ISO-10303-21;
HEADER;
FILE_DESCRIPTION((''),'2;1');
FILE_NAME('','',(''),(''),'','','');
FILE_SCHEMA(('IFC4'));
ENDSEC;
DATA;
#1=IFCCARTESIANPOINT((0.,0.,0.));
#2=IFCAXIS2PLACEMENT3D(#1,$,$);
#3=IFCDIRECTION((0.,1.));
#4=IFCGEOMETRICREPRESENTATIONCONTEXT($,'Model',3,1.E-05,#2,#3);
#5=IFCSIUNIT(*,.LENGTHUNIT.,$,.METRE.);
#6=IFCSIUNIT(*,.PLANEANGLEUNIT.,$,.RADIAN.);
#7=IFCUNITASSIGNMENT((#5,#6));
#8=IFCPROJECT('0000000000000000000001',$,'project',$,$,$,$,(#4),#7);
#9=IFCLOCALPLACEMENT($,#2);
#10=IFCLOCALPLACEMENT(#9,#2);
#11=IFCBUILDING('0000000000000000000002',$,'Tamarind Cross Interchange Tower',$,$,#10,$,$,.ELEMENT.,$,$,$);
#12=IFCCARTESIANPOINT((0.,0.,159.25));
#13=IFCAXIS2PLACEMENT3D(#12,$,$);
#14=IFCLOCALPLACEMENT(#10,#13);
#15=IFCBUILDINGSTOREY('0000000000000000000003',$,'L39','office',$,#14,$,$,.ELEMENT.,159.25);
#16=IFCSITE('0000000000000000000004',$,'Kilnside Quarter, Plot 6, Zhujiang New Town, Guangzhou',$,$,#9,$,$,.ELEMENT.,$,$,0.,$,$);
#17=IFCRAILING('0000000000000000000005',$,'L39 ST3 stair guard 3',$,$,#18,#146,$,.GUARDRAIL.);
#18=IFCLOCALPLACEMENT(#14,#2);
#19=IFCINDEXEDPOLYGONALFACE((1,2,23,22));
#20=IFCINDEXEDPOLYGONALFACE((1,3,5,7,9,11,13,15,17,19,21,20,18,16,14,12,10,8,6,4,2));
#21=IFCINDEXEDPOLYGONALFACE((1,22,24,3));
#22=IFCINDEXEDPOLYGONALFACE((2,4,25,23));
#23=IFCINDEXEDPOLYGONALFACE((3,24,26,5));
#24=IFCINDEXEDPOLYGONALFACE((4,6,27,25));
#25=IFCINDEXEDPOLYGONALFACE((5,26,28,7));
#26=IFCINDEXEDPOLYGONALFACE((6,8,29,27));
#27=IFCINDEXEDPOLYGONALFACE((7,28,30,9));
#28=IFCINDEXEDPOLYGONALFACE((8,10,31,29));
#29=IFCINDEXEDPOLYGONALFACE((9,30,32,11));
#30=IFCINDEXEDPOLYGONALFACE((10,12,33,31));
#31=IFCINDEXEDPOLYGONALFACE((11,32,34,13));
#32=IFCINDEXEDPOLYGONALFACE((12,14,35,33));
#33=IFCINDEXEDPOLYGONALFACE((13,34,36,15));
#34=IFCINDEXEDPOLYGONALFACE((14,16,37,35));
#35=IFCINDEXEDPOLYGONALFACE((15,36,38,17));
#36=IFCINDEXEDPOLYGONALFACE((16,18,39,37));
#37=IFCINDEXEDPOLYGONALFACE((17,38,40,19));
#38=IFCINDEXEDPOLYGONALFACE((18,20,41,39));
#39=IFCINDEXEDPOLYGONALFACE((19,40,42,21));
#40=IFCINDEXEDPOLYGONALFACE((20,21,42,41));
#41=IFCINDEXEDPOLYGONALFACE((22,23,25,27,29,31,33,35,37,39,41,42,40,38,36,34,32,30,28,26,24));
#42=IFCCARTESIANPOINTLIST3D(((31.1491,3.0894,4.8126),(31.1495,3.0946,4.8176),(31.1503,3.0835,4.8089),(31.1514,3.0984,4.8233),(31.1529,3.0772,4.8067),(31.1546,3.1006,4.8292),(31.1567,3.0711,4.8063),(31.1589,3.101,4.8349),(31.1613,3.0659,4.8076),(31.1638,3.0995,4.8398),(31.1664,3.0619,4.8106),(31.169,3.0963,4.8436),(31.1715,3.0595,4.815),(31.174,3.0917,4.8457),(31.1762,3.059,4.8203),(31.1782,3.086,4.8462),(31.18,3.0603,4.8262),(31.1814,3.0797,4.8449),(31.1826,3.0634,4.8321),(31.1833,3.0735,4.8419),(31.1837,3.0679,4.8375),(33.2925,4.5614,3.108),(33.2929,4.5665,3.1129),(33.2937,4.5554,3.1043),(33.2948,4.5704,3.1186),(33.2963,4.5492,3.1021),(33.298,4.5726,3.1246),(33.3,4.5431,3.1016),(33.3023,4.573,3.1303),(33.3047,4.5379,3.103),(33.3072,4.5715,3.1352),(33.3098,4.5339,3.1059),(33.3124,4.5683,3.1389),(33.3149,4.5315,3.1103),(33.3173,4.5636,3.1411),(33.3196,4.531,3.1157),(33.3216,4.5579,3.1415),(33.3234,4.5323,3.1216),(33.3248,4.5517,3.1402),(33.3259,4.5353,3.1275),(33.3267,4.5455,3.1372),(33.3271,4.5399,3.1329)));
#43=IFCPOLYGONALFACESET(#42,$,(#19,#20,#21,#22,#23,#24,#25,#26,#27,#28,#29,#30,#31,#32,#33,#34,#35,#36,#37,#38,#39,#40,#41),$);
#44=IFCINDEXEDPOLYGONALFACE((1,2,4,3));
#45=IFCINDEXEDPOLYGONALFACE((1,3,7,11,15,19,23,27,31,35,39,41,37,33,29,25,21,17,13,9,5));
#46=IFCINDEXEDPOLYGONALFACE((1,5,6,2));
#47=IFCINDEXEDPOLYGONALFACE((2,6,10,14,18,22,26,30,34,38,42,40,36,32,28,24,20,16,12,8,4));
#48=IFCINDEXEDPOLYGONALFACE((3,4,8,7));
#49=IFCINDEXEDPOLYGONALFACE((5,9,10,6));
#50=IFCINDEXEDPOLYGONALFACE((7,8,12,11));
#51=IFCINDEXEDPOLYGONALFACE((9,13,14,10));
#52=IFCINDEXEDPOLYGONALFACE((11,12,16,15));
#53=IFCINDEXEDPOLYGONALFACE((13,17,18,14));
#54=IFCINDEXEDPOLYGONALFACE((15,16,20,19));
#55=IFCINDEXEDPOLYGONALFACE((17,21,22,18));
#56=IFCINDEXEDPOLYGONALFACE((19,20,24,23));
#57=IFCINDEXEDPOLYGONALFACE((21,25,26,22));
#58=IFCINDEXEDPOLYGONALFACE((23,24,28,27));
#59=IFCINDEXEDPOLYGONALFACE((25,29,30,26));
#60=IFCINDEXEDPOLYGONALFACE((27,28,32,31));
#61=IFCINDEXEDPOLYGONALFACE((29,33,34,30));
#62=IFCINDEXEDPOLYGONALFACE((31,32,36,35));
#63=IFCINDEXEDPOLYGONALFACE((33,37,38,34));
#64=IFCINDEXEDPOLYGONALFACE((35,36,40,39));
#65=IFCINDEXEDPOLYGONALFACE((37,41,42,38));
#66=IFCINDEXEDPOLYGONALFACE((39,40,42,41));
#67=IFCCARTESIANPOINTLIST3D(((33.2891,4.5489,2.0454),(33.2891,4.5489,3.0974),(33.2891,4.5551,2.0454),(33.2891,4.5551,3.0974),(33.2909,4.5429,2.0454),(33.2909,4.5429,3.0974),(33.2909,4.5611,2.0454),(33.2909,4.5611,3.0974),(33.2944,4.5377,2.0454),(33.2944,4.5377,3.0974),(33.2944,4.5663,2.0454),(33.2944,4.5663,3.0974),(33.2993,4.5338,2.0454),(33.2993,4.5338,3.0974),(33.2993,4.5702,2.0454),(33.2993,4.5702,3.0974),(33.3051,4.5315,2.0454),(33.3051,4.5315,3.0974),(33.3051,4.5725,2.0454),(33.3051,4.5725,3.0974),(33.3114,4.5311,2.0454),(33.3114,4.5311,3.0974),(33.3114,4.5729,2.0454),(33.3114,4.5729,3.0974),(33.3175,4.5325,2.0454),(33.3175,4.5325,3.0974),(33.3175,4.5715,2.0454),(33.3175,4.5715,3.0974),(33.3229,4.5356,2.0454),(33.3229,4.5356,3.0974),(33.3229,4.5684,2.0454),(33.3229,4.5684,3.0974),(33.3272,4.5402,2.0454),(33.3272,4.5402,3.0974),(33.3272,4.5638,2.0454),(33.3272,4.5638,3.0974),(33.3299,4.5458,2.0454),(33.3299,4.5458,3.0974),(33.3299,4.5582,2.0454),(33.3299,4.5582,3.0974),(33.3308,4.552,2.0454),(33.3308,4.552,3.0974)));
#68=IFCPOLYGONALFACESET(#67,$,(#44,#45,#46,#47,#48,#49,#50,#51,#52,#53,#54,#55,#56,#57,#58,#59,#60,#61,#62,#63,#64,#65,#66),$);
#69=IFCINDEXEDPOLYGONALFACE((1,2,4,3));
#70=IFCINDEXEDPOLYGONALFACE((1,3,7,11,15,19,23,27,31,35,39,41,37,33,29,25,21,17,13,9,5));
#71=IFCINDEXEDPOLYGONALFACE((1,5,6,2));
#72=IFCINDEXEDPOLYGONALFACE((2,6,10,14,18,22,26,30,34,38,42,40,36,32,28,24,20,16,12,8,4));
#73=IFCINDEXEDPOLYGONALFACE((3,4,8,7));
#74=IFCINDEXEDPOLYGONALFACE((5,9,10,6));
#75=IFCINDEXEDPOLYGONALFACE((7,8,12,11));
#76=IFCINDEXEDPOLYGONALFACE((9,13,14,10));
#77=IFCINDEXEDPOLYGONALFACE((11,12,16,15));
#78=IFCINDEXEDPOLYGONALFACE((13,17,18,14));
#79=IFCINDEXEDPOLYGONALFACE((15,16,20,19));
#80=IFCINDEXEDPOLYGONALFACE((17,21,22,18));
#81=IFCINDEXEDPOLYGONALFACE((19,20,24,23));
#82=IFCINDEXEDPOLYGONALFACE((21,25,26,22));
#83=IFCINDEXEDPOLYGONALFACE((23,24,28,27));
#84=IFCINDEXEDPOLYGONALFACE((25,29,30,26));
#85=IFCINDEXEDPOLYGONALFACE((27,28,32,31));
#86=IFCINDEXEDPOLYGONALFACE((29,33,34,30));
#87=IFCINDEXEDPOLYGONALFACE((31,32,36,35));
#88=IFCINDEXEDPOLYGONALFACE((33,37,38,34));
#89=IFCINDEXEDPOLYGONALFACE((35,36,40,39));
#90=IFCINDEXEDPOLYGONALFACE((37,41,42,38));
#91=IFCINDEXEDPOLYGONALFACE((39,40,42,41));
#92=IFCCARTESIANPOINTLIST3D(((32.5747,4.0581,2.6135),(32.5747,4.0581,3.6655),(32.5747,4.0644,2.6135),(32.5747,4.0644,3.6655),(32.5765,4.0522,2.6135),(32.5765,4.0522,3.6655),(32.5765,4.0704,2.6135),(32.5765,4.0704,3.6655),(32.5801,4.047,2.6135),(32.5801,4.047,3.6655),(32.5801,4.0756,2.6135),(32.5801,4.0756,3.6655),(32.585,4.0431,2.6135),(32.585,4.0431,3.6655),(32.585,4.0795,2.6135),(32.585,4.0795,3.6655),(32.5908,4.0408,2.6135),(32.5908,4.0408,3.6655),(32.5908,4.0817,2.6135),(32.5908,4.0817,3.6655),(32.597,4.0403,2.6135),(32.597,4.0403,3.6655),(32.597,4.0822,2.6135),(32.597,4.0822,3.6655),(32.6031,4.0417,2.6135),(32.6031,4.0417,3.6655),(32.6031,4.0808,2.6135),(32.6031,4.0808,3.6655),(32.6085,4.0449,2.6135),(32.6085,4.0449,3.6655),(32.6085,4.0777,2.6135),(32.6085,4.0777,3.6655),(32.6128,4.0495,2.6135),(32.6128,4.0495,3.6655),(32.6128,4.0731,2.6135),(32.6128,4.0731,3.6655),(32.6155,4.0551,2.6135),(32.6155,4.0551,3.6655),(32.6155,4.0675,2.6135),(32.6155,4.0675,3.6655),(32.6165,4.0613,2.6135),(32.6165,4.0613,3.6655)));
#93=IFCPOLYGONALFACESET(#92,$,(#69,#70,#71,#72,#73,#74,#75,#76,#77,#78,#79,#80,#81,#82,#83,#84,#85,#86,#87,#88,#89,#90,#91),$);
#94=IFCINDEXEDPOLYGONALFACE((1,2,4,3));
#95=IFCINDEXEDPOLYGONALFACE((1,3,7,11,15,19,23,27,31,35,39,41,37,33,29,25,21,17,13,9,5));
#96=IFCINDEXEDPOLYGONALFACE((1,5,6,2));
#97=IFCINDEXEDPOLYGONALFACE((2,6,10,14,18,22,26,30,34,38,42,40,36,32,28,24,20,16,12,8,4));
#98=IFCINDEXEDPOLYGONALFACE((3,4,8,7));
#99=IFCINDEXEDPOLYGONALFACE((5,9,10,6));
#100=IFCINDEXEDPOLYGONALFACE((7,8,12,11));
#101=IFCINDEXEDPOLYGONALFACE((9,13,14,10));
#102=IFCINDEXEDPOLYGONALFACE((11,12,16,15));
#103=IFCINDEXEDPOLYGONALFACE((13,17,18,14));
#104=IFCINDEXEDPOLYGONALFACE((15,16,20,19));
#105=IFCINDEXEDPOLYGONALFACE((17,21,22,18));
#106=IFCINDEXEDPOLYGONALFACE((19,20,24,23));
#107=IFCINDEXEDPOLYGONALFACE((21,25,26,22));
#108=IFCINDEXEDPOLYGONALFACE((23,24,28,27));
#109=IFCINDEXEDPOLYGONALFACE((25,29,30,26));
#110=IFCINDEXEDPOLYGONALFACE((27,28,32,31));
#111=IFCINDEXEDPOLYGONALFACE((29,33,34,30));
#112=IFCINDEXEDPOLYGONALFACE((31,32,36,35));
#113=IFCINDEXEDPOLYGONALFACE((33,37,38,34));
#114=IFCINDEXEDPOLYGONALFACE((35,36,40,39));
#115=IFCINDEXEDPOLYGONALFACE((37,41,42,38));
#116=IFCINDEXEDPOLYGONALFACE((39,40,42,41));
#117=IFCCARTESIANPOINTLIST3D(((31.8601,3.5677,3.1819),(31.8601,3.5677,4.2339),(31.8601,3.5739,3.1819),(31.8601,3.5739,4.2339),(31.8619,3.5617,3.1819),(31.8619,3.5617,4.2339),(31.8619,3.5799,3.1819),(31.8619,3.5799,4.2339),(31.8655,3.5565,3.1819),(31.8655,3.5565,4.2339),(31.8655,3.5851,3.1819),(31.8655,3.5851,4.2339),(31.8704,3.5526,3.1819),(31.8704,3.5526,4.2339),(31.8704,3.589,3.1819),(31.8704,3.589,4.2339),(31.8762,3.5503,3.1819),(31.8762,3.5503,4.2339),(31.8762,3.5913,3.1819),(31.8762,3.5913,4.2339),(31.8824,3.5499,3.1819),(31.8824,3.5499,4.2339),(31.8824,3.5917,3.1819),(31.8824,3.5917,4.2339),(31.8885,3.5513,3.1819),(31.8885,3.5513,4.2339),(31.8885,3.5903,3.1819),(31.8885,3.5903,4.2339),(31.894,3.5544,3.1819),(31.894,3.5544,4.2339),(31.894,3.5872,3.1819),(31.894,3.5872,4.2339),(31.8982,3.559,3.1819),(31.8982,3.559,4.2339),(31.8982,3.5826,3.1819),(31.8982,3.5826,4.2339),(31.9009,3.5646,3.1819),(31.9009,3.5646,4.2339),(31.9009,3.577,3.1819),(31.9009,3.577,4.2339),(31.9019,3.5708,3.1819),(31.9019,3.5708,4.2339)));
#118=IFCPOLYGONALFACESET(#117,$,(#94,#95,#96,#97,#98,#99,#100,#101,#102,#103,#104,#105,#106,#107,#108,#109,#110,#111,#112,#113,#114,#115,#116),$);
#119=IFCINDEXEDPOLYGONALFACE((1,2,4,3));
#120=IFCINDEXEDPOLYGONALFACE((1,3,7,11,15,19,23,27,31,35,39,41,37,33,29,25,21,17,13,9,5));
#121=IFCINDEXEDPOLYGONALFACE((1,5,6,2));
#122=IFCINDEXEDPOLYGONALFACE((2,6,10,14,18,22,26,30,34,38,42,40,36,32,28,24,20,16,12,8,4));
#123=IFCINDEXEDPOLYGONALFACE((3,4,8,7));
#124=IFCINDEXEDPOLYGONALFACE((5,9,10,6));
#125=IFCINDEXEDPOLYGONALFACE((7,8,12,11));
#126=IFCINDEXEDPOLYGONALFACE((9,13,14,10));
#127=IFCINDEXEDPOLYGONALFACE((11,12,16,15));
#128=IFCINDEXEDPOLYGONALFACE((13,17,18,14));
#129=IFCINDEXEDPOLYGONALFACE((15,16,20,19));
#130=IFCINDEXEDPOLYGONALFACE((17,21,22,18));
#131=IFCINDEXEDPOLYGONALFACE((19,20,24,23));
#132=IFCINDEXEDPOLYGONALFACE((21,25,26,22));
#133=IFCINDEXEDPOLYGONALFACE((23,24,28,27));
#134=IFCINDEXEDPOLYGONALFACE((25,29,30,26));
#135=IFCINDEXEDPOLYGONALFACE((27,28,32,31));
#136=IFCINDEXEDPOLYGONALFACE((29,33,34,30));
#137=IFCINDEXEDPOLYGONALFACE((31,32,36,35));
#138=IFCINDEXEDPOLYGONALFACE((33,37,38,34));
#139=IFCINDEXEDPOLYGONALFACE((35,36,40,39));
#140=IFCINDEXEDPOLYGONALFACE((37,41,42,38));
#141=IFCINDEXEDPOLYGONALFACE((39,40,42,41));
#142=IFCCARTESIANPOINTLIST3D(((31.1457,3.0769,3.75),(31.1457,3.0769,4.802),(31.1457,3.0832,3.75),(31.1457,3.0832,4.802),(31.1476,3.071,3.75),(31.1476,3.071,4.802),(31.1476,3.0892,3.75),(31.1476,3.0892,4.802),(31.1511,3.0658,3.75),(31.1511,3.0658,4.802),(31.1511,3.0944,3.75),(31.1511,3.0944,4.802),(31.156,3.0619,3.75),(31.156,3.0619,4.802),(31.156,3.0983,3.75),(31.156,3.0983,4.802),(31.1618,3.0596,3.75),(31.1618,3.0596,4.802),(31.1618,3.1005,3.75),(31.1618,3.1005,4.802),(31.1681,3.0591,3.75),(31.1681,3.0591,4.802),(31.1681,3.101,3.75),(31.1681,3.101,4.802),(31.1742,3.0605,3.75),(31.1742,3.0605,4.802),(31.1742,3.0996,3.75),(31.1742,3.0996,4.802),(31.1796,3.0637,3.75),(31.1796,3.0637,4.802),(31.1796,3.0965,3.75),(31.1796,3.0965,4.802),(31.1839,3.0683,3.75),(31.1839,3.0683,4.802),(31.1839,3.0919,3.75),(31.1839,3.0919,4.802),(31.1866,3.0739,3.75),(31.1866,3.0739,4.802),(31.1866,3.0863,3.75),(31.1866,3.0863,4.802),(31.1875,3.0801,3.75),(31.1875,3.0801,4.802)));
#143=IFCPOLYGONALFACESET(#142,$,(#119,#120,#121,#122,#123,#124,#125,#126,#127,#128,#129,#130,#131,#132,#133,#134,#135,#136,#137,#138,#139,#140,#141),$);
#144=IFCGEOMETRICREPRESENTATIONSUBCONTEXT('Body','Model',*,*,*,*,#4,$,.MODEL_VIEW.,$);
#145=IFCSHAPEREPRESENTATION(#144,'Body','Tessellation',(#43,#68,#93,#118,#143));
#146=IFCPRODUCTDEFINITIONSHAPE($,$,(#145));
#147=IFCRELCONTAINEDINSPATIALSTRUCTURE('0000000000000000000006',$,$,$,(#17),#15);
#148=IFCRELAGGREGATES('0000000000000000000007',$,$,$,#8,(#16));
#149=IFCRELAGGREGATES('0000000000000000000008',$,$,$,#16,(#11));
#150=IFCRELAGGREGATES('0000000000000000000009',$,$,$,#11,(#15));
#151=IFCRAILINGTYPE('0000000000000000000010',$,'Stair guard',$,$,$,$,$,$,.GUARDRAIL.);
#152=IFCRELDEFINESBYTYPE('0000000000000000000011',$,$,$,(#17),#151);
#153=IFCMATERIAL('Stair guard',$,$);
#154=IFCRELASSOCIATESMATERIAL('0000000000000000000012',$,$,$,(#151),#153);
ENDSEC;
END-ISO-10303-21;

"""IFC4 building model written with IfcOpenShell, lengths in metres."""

from ifc_helpers import new_model, si_unit, direction, frame, origin, origin_2d, place, context, subcontext, project, spatial, circle, extrude, material, type_object, element, save


model = new_model("IFC4")

# Units and contexts
model_context = context("Model", 3, precision=1e-05, world=origin(), true_north=direction((0.0, 1.0)))
body_context = subcontext(model_context, "Body", "Model", "MODEL_VIEW")
ifc_project = project(units=[si_unit("LENGTHUNIT", "METRE"), si_unit("PLANEANGLEUNIT", "RADIAN")], contexts=[model_context])

# Site, building, storey
site_placement = place(None, origin())
site = spatial("IfcSite", under=ifc_project, at=site_placement, Name="Kilnside Quarter, Plot 6, Zhujiang New Town, Guangzhou", CompositionType="ELEMENT", RefElevation=0.0)
building_placement = place(site_placement, origin())
building = spatial("IfcBuilding", under=site, at=building_placement, Name="Tamarind Cross Interchange Tower", CompositionType="ELEMENT")
storey_placement = place(building_placement, frame((0.0, 0.0, 159.25)))
storey = spatial("IfcBuildingStorey", under=building, at=storey_placement, Name="L39", Description="office", CompositionType="ELEMENT", Elevation=159.25)

# Railing
ifc_material_1 = material(Name="Stair guard")
railing_type_1 = type_object("IfcRailingType", Name="Stair guard", PredefinedType="GUARDRAIL", material=ifc_material_1)
railing_1_placement = place(storey_placement, frame((33.3098, 4.552, 2.0454)))
element("IfcRailing", 1, at=railing_1_placement, inside=storey, type_object=railing_type_1, Name="L39 ST3 stair guard 3", PredefinedType="GUARDRAIL", context=body_context, shape_type="SweptSolid", body=[
    extrude(circle(Radius=0.0239, at=origin_2d()), frame((0.0, 0.0, 1.0762), z_axis=(-0.689386, -0.473438, 0.548274), x_axis=(0.56611, -0.824329, 0.0)), (0.0, 0.0, 1.0), 3.1091),
    extrude(circle(Radius=0.021, at=origin_2d()), origin(), (0.0, 0.0, 1.0), 1.052),
    extrude(circle(Radius=0.021, at=origin_2d()), frame((-0.7144, -0.4907, 0.5681)), (0.0, 0.0, 1.0), 1.052),
    extrude(circle(Radius=0.021, at=origin_2d()), frame((-1.429, -0.9812, 1.1365)), (0.0, 0.0, 1.0), 1.052),
    extrude(circle(Radius=0.021, at=origin_2d()), frame((-2.1433, -1.4719, 1.7046)), (0.0, 0.0, 1.0), 1.052),
])

save(model, "model.ifc")
